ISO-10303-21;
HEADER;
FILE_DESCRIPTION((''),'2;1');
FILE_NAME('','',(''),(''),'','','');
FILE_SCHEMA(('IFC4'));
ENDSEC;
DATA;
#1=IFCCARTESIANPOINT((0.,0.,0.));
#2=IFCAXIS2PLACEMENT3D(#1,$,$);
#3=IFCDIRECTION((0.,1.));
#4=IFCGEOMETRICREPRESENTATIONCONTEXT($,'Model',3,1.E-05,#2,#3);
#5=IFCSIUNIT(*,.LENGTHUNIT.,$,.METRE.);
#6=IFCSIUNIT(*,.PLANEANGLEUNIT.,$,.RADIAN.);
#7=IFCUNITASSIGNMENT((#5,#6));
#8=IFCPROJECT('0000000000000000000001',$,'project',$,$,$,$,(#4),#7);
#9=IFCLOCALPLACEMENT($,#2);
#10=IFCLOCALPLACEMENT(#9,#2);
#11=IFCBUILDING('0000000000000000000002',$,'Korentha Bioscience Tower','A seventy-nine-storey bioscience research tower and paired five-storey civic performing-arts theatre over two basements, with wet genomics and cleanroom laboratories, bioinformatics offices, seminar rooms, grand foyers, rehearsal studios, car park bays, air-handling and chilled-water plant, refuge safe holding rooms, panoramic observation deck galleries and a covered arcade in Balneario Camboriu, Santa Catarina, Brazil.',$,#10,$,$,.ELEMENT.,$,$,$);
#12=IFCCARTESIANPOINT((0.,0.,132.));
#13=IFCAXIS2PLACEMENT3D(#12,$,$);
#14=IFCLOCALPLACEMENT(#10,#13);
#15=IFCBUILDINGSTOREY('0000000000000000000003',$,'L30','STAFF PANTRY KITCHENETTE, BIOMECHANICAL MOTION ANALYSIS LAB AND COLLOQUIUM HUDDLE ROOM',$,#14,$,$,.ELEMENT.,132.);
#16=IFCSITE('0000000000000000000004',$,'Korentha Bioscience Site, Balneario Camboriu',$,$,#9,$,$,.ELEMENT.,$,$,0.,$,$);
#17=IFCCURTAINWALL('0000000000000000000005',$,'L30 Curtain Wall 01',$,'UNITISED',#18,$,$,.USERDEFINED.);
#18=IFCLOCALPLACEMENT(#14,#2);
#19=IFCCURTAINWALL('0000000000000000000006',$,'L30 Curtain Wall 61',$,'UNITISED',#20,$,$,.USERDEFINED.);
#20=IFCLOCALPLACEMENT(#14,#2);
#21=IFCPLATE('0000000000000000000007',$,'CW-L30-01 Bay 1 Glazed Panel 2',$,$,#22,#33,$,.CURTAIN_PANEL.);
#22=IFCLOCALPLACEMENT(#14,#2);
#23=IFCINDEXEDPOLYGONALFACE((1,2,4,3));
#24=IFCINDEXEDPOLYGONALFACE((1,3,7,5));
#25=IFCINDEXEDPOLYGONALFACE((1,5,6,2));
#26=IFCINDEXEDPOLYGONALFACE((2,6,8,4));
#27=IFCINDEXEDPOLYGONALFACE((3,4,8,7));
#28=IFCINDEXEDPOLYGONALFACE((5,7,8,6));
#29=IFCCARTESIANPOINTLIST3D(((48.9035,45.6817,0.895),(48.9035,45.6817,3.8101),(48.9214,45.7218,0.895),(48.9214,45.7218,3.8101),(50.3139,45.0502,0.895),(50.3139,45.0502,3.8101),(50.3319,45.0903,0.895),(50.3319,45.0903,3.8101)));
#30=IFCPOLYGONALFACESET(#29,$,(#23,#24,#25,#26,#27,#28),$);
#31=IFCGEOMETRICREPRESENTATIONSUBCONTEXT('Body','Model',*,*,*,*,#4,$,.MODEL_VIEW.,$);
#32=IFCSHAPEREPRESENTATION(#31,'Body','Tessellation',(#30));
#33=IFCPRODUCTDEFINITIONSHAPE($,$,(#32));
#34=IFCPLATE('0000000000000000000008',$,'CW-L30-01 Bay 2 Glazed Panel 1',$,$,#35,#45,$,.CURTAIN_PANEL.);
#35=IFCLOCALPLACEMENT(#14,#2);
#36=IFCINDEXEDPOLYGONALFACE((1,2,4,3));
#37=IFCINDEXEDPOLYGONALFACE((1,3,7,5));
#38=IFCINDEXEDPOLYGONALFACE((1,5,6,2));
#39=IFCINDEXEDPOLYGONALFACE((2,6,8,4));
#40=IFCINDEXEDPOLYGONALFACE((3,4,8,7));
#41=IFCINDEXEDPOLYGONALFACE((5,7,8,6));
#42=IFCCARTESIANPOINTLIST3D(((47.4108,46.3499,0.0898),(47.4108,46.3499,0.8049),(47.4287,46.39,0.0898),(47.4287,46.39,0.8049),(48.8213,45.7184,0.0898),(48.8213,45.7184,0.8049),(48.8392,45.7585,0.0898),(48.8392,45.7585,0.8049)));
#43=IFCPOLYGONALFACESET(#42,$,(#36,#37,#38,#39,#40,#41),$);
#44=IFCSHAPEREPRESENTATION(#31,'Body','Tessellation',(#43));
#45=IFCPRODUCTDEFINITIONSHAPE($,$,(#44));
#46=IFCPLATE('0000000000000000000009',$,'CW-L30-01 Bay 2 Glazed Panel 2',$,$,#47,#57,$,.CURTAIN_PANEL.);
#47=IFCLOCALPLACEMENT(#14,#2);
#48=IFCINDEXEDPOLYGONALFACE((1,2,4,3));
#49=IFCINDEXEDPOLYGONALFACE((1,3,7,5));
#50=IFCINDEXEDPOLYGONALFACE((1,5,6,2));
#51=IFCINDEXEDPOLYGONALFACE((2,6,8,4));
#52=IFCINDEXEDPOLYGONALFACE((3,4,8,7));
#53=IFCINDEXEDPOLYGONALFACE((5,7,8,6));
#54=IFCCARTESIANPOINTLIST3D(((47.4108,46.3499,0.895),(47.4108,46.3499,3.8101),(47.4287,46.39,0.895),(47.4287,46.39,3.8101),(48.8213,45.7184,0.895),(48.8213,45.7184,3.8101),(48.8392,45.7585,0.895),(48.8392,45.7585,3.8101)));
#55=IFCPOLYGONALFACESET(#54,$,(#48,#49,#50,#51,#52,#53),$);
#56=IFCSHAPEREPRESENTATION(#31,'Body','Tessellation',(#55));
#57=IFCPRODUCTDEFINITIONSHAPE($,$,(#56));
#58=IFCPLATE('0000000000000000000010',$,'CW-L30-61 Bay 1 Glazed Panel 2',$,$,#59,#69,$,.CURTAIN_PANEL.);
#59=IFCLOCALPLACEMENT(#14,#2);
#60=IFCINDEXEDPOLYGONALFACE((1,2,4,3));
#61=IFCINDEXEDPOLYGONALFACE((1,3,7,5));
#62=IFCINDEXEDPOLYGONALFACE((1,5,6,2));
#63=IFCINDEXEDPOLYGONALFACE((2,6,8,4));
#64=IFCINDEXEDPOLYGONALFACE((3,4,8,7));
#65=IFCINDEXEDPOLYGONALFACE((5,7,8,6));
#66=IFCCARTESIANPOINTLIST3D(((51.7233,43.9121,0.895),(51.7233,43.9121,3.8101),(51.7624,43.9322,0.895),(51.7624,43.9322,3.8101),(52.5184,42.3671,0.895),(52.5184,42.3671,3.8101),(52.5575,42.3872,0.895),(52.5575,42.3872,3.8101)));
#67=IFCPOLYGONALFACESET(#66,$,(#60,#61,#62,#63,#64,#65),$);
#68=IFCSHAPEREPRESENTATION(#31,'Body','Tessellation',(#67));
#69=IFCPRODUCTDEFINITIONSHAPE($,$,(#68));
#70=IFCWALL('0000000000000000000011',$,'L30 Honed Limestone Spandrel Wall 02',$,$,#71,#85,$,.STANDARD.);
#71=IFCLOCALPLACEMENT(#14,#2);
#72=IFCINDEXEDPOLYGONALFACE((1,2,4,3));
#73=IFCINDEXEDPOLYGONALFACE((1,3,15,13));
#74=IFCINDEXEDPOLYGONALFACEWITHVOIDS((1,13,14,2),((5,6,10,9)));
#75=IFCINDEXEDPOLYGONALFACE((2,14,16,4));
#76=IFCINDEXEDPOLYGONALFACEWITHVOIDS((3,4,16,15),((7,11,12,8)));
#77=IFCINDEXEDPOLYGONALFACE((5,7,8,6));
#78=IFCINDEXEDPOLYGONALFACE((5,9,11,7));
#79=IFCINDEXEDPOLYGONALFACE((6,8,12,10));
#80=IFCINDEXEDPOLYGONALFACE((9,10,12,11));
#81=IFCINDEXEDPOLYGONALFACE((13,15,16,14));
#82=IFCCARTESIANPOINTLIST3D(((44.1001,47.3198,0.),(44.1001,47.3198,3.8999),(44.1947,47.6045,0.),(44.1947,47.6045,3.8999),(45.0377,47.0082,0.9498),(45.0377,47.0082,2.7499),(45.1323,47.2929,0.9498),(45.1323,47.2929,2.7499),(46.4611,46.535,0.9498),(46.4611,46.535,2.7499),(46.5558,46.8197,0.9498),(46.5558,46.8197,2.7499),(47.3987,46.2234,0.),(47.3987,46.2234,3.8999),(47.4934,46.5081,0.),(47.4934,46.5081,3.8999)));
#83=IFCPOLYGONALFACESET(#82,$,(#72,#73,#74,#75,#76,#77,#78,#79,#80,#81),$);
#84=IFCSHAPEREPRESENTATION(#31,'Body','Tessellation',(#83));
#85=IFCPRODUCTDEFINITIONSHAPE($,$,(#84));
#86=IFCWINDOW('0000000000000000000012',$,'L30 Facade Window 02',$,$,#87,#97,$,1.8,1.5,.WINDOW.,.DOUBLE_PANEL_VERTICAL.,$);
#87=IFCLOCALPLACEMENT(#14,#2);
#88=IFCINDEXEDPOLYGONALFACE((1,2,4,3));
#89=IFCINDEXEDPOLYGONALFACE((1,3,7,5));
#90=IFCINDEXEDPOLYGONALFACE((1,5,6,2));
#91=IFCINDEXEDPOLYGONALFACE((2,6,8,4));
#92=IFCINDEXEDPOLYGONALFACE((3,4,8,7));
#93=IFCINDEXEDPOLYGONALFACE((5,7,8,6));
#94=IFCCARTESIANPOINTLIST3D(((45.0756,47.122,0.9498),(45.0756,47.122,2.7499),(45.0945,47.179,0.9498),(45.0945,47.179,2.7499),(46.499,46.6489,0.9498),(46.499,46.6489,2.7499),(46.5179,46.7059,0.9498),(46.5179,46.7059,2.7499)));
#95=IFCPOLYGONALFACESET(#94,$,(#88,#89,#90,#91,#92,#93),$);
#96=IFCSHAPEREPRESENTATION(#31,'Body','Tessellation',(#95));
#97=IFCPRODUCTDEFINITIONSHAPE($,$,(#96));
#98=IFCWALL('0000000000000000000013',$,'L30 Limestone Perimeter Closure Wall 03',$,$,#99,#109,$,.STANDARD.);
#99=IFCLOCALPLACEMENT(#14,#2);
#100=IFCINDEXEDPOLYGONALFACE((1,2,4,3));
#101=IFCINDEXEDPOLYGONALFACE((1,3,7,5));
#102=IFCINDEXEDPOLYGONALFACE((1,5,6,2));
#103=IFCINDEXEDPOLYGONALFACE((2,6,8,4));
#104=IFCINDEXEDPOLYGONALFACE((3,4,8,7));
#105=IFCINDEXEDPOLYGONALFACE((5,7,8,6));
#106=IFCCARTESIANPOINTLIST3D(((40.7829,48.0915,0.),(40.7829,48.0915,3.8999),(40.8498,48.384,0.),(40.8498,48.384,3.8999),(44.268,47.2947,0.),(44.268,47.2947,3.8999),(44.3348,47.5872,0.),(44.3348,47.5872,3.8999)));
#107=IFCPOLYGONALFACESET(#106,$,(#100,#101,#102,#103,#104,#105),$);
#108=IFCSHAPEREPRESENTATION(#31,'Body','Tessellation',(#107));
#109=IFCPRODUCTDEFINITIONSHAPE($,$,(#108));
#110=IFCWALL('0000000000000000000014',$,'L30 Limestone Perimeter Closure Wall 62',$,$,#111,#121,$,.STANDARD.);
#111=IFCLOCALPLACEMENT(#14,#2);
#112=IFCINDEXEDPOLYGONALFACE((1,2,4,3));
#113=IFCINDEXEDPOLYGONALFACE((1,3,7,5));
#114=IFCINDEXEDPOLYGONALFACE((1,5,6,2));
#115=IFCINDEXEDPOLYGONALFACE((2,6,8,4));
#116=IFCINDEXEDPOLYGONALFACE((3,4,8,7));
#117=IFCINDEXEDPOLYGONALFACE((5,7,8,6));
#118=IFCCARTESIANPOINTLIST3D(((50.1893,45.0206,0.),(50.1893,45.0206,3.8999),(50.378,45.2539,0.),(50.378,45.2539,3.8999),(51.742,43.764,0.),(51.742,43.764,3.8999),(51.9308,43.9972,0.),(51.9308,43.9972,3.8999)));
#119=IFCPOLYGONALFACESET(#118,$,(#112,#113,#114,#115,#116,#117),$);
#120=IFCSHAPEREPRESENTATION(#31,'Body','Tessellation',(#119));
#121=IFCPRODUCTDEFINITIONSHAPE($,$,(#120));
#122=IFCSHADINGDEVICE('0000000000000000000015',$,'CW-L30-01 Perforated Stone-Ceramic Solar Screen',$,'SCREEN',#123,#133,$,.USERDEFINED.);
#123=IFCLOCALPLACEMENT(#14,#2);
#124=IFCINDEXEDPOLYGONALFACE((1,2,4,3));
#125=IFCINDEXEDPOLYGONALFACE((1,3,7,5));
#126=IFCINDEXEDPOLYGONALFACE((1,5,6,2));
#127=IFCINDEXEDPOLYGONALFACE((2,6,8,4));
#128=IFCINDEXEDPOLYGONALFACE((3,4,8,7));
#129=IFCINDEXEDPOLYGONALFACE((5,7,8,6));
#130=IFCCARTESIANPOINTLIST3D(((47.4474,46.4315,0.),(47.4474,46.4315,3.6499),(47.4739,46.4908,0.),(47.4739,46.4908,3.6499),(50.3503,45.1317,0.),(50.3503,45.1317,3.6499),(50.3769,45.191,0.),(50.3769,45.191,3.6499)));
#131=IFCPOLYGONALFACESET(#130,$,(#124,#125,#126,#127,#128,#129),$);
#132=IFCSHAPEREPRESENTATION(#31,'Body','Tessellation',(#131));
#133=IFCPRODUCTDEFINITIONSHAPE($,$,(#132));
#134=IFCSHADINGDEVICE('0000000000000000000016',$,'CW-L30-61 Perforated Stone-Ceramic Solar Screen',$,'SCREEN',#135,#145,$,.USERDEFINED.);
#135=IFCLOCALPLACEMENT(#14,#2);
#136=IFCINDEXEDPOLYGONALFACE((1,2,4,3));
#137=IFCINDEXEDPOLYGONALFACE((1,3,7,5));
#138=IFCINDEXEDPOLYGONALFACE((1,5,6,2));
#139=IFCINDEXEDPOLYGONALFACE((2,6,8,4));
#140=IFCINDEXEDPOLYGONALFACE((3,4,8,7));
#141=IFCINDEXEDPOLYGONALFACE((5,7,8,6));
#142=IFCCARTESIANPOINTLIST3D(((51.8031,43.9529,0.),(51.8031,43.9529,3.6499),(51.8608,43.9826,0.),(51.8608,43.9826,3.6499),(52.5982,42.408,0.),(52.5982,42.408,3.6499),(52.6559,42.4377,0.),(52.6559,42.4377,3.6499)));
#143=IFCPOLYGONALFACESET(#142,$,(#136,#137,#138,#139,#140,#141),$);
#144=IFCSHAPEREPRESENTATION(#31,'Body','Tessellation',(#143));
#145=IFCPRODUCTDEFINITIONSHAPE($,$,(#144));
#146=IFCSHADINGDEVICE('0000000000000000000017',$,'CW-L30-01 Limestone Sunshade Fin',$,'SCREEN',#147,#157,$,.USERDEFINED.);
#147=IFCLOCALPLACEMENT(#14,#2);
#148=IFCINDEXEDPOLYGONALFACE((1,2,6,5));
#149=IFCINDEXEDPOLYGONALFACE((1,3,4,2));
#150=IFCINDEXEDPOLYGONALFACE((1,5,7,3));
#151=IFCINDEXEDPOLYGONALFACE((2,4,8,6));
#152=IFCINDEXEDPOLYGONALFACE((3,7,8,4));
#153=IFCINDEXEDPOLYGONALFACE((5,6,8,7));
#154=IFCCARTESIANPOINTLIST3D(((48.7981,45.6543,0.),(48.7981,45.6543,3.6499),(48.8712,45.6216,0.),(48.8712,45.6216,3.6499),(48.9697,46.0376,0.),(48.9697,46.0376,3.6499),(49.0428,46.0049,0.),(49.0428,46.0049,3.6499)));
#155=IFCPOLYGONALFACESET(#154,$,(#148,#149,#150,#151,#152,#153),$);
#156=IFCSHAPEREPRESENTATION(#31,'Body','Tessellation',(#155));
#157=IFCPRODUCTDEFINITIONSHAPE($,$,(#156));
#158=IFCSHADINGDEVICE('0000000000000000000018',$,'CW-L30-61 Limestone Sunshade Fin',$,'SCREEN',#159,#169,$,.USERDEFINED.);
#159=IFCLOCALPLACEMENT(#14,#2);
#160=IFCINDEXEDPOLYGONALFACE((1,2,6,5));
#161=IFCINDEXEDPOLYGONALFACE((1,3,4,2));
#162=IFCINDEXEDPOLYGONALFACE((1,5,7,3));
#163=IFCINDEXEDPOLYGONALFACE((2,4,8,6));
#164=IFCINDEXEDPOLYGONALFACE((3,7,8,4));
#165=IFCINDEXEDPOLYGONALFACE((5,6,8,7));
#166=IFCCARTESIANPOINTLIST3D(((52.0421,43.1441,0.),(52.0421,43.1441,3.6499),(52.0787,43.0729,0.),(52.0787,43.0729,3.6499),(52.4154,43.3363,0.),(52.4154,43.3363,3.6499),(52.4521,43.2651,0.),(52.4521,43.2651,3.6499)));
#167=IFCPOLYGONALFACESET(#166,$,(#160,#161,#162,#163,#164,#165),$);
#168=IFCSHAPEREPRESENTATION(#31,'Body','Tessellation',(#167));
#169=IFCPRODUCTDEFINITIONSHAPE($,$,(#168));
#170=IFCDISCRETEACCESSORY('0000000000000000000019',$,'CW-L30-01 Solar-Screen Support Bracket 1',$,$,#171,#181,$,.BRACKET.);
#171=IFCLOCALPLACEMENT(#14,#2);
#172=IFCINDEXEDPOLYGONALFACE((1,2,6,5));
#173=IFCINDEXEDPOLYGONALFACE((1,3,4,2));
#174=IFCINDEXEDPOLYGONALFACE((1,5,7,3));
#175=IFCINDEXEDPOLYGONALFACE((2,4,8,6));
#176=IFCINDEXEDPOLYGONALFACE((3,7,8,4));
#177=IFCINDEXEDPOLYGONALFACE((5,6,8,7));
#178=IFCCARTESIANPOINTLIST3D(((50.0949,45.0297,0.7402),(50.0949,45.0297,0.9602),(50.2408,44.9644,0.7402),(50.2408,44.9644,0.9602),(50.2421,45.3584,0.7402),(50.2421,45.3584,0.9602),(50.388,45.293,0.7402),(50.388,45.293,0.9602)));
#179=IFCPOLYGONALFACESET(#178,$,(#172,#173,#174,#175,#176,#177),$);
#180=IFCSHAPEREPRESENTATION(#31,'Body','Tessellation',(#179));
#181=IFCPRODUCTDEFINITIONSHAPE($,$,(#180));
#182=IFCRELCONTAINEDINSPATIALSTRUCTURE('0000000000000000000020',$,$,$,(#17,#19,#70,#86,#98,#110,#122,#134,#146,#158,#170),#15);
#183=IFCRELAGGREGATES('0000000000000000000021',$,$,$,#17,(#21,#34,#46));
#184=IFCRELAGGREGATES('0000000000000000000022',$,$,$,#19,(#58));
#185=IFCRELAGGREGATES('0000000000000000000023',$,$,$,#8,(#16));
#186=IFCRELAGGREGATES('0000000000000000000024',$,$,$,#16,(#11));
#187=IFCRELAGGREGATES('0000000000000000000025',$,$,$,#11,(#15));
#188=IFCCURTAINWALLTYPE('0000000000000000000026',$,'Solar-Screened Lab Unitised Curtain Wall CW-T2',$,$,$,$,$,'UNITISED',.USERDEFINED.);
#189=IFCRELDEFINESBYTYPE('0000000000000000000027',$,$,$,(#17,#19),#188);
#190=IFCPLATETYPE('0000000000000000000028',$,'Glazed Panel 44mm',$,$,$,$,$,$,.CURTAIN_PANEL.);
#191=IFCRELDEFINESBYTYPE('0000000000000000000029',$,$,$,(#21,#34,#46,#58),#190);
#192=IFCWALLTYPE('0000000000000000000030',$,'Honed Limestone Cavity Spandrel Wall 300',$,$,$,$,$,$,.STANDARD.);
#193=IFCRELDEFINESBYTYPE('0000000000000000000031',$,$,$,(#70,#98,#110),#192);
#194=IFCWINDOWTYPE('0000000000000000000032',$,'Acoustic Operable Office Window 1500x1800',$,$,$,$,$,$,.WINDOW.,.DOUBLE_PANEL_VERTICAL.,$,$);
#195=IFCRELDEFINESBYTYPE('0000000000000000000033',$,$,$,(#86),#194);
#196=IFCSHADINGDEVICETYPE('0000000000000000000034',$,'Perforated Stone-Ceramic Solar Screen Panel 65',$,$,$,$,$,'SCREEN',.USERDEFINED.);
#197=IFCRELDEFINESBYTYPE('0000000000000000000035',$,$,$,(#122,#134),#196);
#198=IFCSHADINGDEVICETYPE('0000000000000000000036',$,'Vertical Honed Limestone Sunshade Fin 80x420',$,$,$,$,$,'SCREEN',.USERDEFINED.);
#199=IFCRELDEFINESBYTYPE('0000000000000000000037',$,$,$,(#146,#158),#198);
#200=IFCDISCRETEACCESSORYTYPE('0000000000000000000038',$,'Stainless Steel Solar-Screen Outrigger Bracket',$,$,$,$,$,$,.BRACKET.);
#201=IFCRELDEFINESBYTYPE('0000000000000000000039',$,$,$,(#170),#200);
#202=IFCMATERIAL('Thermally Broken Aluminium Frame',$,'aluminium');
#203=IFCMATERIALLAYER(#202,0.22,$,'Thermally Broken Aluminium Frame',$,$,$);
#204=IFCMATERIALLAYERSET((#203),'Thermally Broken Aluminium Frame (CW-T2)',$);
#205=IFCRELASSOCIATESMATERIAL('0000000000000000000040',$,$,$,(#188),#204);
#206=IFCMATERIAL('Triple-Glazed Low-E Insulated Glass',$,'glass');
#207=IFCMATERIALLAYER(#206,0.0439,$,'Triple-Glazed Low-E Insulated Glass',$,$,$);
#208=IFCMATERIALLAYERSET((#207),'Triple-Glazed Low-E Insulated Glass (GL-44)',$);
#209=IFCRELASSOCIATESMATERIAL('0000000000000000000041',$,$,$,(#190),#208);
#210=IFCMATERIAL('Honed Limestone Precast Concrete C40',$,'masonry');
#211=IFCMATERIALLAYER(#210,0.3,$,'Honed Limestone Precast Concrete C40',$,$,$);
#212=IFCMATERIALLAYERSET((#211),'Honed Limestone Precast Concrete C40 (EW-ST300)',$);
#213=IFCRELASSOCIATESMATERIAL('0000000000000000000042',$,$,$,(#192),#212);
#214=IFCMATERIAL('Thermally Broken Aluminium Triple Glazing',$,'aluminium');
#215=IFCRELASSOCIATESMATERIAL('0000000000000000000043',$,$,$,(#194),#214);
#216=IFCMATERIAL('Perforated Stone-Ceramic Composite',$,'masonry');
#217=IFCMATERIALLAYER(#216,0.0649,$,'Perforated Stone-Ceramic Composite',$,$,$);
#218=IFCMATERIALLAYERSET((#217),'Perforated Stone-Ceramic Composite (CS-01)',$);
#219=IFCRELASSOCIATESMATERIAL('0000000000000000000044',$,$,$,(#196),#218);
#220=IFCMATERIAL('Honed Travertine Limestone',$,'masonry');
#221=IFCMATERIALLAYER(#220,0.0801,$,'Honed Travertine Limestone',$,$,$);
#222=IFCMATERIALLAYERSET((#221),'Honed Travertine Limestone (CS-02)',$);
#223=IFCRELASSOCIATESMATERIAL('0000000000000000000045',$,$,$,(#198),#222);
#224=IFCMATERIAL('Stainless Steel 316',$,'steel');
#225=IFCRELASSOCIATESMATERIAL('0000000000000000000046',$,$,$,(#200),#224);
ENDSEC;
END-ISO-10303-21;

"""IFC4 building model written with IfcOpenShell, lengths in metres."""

from ifc_helpers import new_model, si_unit, direction, frame, frame_2d, origin, origin_2d, place, context, subcontext, project, spatial, rectangle, extrude, material, layer, layer_set, type_object, element, fill, aggregate, save


model = new_model("IFC4")

# Units and contexts
model_context = context("Model", 3, precision=1e-05, world=origin(), true_north=direction((0.0, 1.0)))
body_context = subcontext(model_context, "Body", "Model", "MODEL_VIEW")
ifc_project = project(units=[si_unit("LENGTHUNIT", "METRE"), si_unit("PLANEANGLEUNIT", "RADIAN")], contexts=[model_context])

# Site, building, storey
site_placement = place(None, origin())
site = spatial("IfcSite", under=ifc_project, at=site_placement, Name="Korentha Bioscience Site, Balneario Camboriu", CompositionType="ELEMENT", RefElevation=0.0)
building_placement = place(site_placement, origin())
building = spatial("IfcBuilding", under=site, at=building_placement, Name="Korentha Bioscience Tower", Description="A seventy-nine-storey bioscience research tower and paired five-storey civic performing-arts theatre over two basements, with wet genomics and cleanroom laboratories, bioinformatics offices, seminar rooms, grand foyers, rehearsal studios, car park bays, air-handling and chilled-water plant, refuge safe holding rooms, panoramic observation deck galleries and a covered arcade in Balneario Camboriu, Santa Catarina, Brazil.", CompositionType="ELEMENT")
storey_placement = place(building_placement, frame((0.0, 0.0, 132.0)))
storey = spatial("IfcBuildingStorey", under=building, at=storey_placement, Name="L30", Description="STAFF PANTRY KITCHENETTE, BIOMECHANICAL MOTION ANALYSIS LAB AND COLLOQUIUM HUDDLE ROOM", CompositionType="ELEMENT", Elevation=132.0)

# Curtain wall
ifc_material_1 = material(Name="Thermally Broken Aluminium Frame", Category="aluminium")
ifc_layer_1 = layer(ifc_material_1, 0.22, Name="Thermally Broken Aluminium Frame")
ifc_layer_set_1 = layer_set([ifc_layer_1], Name="Thermally Broken Aluminium Frame (CW-T2)")
curtain_wall_type = type_object("IfcCurtainWallType", Name="Solar-Screened Lab Unitised Curtain Wall CW-T2", ElementType="UNITISED", PredefinedType="USERDEFINED", material=ifc_layer_set_1)
curtain_wall_1_placement = place(storey_placement, origin())
curtain_wall_1 = element("IfcCurtainWall", 1, at=curtain_wall_1_placement, inside=storey, type_object=curtain_wall_type, Name="L30 Curtain Wall 01", ObjectType="UNITISED", PredefinedType="USERDEFINED")

# Curtain wall
curtain_wall_2_placement = place(storey_placement, origin())
curtain_wall_2 = element("IfcCurtainWall", 2, at=curtain_wall_2_placement, inside=storey, type_object=curtain_wall_type, Name="L30 Curtain Wall 61", ObjectType="UNITISED", PredefinedType="USERDEFINED")

# Plates
ifc_material_2 = material(Name="Triple-Glazed Low-E Insulated Glass", Category="glass")
ifc_layer_2 = layer(ifc_material_2, 0.0439, Name="Triple-Glazed Low-E Insulated Glass")
ifc_layer_set_2 = layer_set([ifc_layer_2], Name="Triple-Glazed Low-E Insulated Glass (GL-44)")
plate_type = type_object("IfcPlateType", Name="Glazed Panel 44mm", PredefinedType="CURTAIN_PANEL", material=ifc_layer_set_2)
plate_1_placement = place(storey_placement, frame((49.6177, 45.386, 0.895), z_axis=(0.0, 0.0, 1.0), x_axis=(-0.912687, 0.40866, 0.0)))
plate_1 = element("IfcPlate", 3, at=plate_1_placement, type_object=plate_type, Name="CW-L30-01 Bay 1 Glazed Panel 2", PredefinedType="CURTAIN_PANEL", context=body_context, shape_type="SweptSolid", body=[
    extrude(rectangle(XDim=1.5454, YDim=0.0439, at=origin_2d()), origin(), (0.0, 0.0, 1.0), 2.915),
])
plate_2_placement = place(storey_placement, frame((48.125, 46.0542, 0.0898), z_axis=(0.0, 0.0, 1.0), x_axis=(-0.912687, 0.40866, 0.0)))
plate_2 = element("IfcPlate", 4, at=plate_2_placement, type_object=plate_type, Name="CW-L30-01 Bay 2 Glazed Panel 1", PredefinedType="CURTAIN_PANEL", context=body_context, shape_type="SweptSolid", body=[
    extrude(rectangle(XDim=1.5454, YDim=0.0439, at=origin_2d()), origin(), (0.0, 0.0, 1.0), 0.7151),
])
plate_3_placement = place(storey_placement, frame((48.125, 46.0542, 0.895), z_axis=(0.0, 0.0, 1.0), x_axis=(-0.912687, 0.40866, 0.0)))
plate_3 = element("IfcPlate", 5, at=plate_3_placement, type_object=plate_type, Name="CW-L30-01 Bay 2 Glazed Panel 2", PredefinedType="CURTAIN_PANEL", context=body_context, shape_type="SweptSolid", body=[
    extrude(rectangle(XDim=1.5454, YDim=0.0439, at=origin_2d()), origin(), (0.0, 0.0, 1.0), 2.915),
])
aggregate(curtain_wall_1, [plate_1, plate_2, plate_3])
plate_4_placement = place(storey_placement, frame((52.1404, 43.1497, 0.895), z_axis=(0.0, 0.0, 1.0), x_axis=(-0.457613, 0.889151, 0.0)))
plate_4 = element("IfcPlate", 6, at=plate_4_placement, type_object=plate_type, Name="CW-L30-61 Bay 1 Glazed Panel 2", PredefinedType="CURTAIN_PANEL", context=body_context, shape_type="SweptSolid", body=[
    extrude(rectangle(XDim=1.7375, YDim=0.0439, at=origin_2d()), origin(), (0.0, 0.0, 1.0), 2.915),
])
aggregate(curtain_wall_2, [plate_4])

# Wall, opening, window
ifc_material_3 = material(Name="Honed Limestone Precast Concrete C40", Category="masonry")
ifc_layer_3 = layer(ifc_material_3, 0.3, Name="Honed Limestone Precast Concrete C40")
ifc_layer_set_3 = layer_set([ifc_layer_3], Name="Honed Limestone Precast Concrete C40 (EW-ST300)")
wall_type = type_object("IfcWallType", Name="Honed Limestone Cavity Spandrel Wall 300", PredefinedType="STANDARD", material=ifc_layer_set_3)
wall_1_placement = place(storey_placement, frame((47.446, 46.3657, 0.0), z_axis=(0.0, 0.0, 1.0), x_axis=(-0.94895, 0.315427, 0.0)))
wall_1 = element("IfcWall", 7, at=wall_1_placement, inside=storey, type_object=wall_type, Name="L30 Honed Limestone Spandrel Wall 02", PredefinedType="STANDARD", context=body_context, shape_type="SweptSolid", body=[
    extrude(rectangle(XDim=3.4761, YDim=0.3, at=frame_2d((1.738, 0.0))), origin(), (0.0, 0.0, 1.0), 3.8999),
])
opening_placement = place(wall_1_placement, frame((0.988, 0.0, 0.95)))
opening = element("IfcOpeningElement", 8, at=opening_placement, cuts=wall_1, PredefinedType="OPENING", context=body_context, shape_type="SweptSolid", body=[
    extrude(rectangle(XDim=1.5, YDim=1.8, at=frame_2d((0.75, 0.8999))), frame((0.0, 0.165, 0.0), z_axis=(0.0, -1.0, 0.0), x_axis=(1.0, 0.0, 0.0)), (0.0, 0.0, 1.0), 0.3298),
])
ifc_material_4 = material(Name="Thermally Broken Aluminium Triple Glazing", Category="aluminium")
window_type = type_object("IfcWindowType", Name="Acoustic Operable Office Window 1500x1800", PartitioningType="DOUBLE_PANEL_VERTICAL", PredefinedType="WINDOW", material=ifc_material_4)
window_placement = place(opening_placement, origin())
window = element("IfcWindow", 9, at=window_placement, inside=storey, type_object=window_type, Name="L30 Facade Window 02", OverallHeight=1.8, OverallWidth=1.5, PartitioningType="DOUBLE_PANEL_VERTICAL", PredefinedType="WINDOW", context=body_context, shape_type="SweptSolid", body=[
    extrude(rectangle(XDim=1.5, YDim=1.8, at=frame_2d((0.75, 0.8999))), frame((0.0, 0.03, 0.0), z_axis=(0.0, -1.0, 0.0), x_axis=(1.0, 0.0, 0.0)), (0.0, 0.0, 1.0), 0.0601),
])
fill(opening, window)

# Walls
wall_2_placement = place(storey_placement, frame((44.3015, 47.4409, 0.0), z_axis=(0.0, 0.0, 1.0), x_axis=(-0.974842, 0.222899, 0.0)))
element("IfcWall", 10, at=wall_2_placement, inside=storey, type_object=wall_type, Name="L30 Limestone Perimeter Closure Wall 03", PredefinedType="STANDARD", context=body_context, shape_type="SweptSolid", body=[
    extrude(rectangle(XDim=3.575, YDim=0.3, at=frame_2d((1.7876, 0.0))), origin(), (0.0, 0.0, 1.0), 3.8999),
])
wall_3_placement = place(storey_placement, frame((51.8364, 43.8806, 0.0), z_axis=(0.0, 0.0, 1.0), x_axis=(-0.777339, 0.629082, 0.0)))
element("IfcWall", 11, at=wall_3_placement, inside=storey, type_object=wall_type, Name="L30 Limestone Perimeter Closure Wall 62", PredefinedType="STANDARD", context=body_context, shape_type="SweptSolid", body=[
    extrude(rectangle(XDim=1.9976, YDim=0.3, at=frame_2d((0.9988, 0.0))), origin(), (0.0, 0.0, 1.0), 3.8999),
])

# Shading devices
ifc_material_5 = material(Name="Perforated Stone-Ceramic Composite", Category="masonry")
ifc_layer_4 = layer(ifc_material_5, 0.0649, Name="Perforated Stone-Ceramic Composite")
ifc_layer_set_4 = layer_set([ifc_layer_4], Name="Perforated Stone-Ceramic Composite (CS-01)")
shading_device_type_1 = type_object("IfcShadingDeviceType", Name="Perforated Stone-Ceramic Solar Screen Panel 65", ElementType="SCREEN", PredefinedType="USERDEFINED", material=ifc_layer_set_4)
shading_device_1_placement = place(storey_placement, frame((48.9121, 45.8113, 0.0), z_axis=(0.0, 0.0, 1.0), x_axis=(-0.912687, 0.40866, 0.0)))
element("IfcShadingDevice", 12, at=shading_device_1_placement, inside=storey, type_object=shading_device_type_1, Name="CW-L30-01 Perforated Stone-Ceramic Solar Screen", ObjectType="SCREEN", PredefinedType="USERDEFINED", context=body_context, shape_type="SweptSolid", body=[
    extrude(rectangle(XDim=3.1807, YDim=0.0649, at=origin_2d()), origin(), (0.0, 0.0, 1.0), 3.6499),
])
shading_device_2_placement = place(storey_placement, frame((52.2295, 43.1953, 0.0), z_axis=(0.0, 0.0, 1.0), x_axis=(-0.457613, 0.889151, 0.0)))
element("IfcShadingDevice", 13, at=shading_device_2_placement, inside=storey, type_object=shading_device_type_1, Name="CW-L30-61 Perforated Stone-Ceramic Solar Screen", ObjectType="SCREEN", PredefinedType="USERDEFINED", context=body_context, shape_type="SweptSolid", body=[
    extrude(rectangle(XDim=1.7375, YDim=0.0649, at=origin_2d()), origin(), (0.0, 0.0, 1.0), 3.6499),
])
ifc_material_6 = material(Name="Honed Travertine Limestone", Category="masonry")
ifc_layer_5 = layer(ifc_material_6, 0.0801, Name="Honed Travertine Limestone")
ifc_layer_set_5 = layer_set([ifc_layer_5], Name="Honed Travertine Limestone (CS-02)")
shading_device_type_2 = type_object("IfcShadingDeviceType", Name="Vertical Honed Limestone Sunshade Fin 80x420", ElementType="SCREEN", PredefinedType="USERDEFINED", material=ifc_layer_set_5)
for number, where, z_axis, x_axis, name in (
    (14, (48.9204, 45.8296, 0.0), (0.0, 0.0, 1.0), (-0.912687, 0.40866, 0.0), "CW-L30-01 Limestone Sunshade Fin"),
    (15, (52.2471, 43.2046, 0.0), (0.0, 0.0, 1.0), (-0.457613, 0.889151, 0.0), "CW-L30-61 Limestone Sunshade Fin"),
):
    element("IfcShadingDevice", number, at=place(storey_placement, frame(where, z_axis=z_axis, x_axis=x_axis)), inside=storey, type_object=shading_device_type_2, Name=name, ObjectType="SCREEN", PredefinedType="USERDEFINED", context=body_context, shape_type="SweptSolid", body=[
        extrude(rectangle(XDim=0.0801, YDim=0.4199, at=origin_2d()), origin(), (0.0, 0.0, 1.0), 3.6499),
    ])

# Discrete accessory
ifc_material_7 = material(Name="Stainless Steel 316", Category="steel")
discrete_accessory_type = type_object("IfcDiscreteAccessoryType", Name="Stainless Steel Solar-Screen Outrigger Bracket", PredefinedType="BRACKET", material=ifc_material_7)
for number, where, z_axis, x_axis, name in (
    (16, (50.2415, 45.1614, 0.7402), (0.0, 0.0, 1.0), (-0.912687, 0.40866, 0.0), "CW-L30-01 Solar-Screen Support Bracket 1"),
):
    element("IfcDiscreteAccessory", number, at=place(storey_placement, frame(where, z_axis=z_axis, x_axis=x_axis)), inside=storey, type_object=discrete_accessory_type, Name=name, PredefinedType="BRACKET", context=body_context, shape_type="SweptSolid", body=[
        extrude(rectangle(XDim=0.1599, YDim=0.3601, at=origin_2d()), origin(), (0.0, 0.0, 1.0), 0.22),
    ])

save(model, "model.ifc")
